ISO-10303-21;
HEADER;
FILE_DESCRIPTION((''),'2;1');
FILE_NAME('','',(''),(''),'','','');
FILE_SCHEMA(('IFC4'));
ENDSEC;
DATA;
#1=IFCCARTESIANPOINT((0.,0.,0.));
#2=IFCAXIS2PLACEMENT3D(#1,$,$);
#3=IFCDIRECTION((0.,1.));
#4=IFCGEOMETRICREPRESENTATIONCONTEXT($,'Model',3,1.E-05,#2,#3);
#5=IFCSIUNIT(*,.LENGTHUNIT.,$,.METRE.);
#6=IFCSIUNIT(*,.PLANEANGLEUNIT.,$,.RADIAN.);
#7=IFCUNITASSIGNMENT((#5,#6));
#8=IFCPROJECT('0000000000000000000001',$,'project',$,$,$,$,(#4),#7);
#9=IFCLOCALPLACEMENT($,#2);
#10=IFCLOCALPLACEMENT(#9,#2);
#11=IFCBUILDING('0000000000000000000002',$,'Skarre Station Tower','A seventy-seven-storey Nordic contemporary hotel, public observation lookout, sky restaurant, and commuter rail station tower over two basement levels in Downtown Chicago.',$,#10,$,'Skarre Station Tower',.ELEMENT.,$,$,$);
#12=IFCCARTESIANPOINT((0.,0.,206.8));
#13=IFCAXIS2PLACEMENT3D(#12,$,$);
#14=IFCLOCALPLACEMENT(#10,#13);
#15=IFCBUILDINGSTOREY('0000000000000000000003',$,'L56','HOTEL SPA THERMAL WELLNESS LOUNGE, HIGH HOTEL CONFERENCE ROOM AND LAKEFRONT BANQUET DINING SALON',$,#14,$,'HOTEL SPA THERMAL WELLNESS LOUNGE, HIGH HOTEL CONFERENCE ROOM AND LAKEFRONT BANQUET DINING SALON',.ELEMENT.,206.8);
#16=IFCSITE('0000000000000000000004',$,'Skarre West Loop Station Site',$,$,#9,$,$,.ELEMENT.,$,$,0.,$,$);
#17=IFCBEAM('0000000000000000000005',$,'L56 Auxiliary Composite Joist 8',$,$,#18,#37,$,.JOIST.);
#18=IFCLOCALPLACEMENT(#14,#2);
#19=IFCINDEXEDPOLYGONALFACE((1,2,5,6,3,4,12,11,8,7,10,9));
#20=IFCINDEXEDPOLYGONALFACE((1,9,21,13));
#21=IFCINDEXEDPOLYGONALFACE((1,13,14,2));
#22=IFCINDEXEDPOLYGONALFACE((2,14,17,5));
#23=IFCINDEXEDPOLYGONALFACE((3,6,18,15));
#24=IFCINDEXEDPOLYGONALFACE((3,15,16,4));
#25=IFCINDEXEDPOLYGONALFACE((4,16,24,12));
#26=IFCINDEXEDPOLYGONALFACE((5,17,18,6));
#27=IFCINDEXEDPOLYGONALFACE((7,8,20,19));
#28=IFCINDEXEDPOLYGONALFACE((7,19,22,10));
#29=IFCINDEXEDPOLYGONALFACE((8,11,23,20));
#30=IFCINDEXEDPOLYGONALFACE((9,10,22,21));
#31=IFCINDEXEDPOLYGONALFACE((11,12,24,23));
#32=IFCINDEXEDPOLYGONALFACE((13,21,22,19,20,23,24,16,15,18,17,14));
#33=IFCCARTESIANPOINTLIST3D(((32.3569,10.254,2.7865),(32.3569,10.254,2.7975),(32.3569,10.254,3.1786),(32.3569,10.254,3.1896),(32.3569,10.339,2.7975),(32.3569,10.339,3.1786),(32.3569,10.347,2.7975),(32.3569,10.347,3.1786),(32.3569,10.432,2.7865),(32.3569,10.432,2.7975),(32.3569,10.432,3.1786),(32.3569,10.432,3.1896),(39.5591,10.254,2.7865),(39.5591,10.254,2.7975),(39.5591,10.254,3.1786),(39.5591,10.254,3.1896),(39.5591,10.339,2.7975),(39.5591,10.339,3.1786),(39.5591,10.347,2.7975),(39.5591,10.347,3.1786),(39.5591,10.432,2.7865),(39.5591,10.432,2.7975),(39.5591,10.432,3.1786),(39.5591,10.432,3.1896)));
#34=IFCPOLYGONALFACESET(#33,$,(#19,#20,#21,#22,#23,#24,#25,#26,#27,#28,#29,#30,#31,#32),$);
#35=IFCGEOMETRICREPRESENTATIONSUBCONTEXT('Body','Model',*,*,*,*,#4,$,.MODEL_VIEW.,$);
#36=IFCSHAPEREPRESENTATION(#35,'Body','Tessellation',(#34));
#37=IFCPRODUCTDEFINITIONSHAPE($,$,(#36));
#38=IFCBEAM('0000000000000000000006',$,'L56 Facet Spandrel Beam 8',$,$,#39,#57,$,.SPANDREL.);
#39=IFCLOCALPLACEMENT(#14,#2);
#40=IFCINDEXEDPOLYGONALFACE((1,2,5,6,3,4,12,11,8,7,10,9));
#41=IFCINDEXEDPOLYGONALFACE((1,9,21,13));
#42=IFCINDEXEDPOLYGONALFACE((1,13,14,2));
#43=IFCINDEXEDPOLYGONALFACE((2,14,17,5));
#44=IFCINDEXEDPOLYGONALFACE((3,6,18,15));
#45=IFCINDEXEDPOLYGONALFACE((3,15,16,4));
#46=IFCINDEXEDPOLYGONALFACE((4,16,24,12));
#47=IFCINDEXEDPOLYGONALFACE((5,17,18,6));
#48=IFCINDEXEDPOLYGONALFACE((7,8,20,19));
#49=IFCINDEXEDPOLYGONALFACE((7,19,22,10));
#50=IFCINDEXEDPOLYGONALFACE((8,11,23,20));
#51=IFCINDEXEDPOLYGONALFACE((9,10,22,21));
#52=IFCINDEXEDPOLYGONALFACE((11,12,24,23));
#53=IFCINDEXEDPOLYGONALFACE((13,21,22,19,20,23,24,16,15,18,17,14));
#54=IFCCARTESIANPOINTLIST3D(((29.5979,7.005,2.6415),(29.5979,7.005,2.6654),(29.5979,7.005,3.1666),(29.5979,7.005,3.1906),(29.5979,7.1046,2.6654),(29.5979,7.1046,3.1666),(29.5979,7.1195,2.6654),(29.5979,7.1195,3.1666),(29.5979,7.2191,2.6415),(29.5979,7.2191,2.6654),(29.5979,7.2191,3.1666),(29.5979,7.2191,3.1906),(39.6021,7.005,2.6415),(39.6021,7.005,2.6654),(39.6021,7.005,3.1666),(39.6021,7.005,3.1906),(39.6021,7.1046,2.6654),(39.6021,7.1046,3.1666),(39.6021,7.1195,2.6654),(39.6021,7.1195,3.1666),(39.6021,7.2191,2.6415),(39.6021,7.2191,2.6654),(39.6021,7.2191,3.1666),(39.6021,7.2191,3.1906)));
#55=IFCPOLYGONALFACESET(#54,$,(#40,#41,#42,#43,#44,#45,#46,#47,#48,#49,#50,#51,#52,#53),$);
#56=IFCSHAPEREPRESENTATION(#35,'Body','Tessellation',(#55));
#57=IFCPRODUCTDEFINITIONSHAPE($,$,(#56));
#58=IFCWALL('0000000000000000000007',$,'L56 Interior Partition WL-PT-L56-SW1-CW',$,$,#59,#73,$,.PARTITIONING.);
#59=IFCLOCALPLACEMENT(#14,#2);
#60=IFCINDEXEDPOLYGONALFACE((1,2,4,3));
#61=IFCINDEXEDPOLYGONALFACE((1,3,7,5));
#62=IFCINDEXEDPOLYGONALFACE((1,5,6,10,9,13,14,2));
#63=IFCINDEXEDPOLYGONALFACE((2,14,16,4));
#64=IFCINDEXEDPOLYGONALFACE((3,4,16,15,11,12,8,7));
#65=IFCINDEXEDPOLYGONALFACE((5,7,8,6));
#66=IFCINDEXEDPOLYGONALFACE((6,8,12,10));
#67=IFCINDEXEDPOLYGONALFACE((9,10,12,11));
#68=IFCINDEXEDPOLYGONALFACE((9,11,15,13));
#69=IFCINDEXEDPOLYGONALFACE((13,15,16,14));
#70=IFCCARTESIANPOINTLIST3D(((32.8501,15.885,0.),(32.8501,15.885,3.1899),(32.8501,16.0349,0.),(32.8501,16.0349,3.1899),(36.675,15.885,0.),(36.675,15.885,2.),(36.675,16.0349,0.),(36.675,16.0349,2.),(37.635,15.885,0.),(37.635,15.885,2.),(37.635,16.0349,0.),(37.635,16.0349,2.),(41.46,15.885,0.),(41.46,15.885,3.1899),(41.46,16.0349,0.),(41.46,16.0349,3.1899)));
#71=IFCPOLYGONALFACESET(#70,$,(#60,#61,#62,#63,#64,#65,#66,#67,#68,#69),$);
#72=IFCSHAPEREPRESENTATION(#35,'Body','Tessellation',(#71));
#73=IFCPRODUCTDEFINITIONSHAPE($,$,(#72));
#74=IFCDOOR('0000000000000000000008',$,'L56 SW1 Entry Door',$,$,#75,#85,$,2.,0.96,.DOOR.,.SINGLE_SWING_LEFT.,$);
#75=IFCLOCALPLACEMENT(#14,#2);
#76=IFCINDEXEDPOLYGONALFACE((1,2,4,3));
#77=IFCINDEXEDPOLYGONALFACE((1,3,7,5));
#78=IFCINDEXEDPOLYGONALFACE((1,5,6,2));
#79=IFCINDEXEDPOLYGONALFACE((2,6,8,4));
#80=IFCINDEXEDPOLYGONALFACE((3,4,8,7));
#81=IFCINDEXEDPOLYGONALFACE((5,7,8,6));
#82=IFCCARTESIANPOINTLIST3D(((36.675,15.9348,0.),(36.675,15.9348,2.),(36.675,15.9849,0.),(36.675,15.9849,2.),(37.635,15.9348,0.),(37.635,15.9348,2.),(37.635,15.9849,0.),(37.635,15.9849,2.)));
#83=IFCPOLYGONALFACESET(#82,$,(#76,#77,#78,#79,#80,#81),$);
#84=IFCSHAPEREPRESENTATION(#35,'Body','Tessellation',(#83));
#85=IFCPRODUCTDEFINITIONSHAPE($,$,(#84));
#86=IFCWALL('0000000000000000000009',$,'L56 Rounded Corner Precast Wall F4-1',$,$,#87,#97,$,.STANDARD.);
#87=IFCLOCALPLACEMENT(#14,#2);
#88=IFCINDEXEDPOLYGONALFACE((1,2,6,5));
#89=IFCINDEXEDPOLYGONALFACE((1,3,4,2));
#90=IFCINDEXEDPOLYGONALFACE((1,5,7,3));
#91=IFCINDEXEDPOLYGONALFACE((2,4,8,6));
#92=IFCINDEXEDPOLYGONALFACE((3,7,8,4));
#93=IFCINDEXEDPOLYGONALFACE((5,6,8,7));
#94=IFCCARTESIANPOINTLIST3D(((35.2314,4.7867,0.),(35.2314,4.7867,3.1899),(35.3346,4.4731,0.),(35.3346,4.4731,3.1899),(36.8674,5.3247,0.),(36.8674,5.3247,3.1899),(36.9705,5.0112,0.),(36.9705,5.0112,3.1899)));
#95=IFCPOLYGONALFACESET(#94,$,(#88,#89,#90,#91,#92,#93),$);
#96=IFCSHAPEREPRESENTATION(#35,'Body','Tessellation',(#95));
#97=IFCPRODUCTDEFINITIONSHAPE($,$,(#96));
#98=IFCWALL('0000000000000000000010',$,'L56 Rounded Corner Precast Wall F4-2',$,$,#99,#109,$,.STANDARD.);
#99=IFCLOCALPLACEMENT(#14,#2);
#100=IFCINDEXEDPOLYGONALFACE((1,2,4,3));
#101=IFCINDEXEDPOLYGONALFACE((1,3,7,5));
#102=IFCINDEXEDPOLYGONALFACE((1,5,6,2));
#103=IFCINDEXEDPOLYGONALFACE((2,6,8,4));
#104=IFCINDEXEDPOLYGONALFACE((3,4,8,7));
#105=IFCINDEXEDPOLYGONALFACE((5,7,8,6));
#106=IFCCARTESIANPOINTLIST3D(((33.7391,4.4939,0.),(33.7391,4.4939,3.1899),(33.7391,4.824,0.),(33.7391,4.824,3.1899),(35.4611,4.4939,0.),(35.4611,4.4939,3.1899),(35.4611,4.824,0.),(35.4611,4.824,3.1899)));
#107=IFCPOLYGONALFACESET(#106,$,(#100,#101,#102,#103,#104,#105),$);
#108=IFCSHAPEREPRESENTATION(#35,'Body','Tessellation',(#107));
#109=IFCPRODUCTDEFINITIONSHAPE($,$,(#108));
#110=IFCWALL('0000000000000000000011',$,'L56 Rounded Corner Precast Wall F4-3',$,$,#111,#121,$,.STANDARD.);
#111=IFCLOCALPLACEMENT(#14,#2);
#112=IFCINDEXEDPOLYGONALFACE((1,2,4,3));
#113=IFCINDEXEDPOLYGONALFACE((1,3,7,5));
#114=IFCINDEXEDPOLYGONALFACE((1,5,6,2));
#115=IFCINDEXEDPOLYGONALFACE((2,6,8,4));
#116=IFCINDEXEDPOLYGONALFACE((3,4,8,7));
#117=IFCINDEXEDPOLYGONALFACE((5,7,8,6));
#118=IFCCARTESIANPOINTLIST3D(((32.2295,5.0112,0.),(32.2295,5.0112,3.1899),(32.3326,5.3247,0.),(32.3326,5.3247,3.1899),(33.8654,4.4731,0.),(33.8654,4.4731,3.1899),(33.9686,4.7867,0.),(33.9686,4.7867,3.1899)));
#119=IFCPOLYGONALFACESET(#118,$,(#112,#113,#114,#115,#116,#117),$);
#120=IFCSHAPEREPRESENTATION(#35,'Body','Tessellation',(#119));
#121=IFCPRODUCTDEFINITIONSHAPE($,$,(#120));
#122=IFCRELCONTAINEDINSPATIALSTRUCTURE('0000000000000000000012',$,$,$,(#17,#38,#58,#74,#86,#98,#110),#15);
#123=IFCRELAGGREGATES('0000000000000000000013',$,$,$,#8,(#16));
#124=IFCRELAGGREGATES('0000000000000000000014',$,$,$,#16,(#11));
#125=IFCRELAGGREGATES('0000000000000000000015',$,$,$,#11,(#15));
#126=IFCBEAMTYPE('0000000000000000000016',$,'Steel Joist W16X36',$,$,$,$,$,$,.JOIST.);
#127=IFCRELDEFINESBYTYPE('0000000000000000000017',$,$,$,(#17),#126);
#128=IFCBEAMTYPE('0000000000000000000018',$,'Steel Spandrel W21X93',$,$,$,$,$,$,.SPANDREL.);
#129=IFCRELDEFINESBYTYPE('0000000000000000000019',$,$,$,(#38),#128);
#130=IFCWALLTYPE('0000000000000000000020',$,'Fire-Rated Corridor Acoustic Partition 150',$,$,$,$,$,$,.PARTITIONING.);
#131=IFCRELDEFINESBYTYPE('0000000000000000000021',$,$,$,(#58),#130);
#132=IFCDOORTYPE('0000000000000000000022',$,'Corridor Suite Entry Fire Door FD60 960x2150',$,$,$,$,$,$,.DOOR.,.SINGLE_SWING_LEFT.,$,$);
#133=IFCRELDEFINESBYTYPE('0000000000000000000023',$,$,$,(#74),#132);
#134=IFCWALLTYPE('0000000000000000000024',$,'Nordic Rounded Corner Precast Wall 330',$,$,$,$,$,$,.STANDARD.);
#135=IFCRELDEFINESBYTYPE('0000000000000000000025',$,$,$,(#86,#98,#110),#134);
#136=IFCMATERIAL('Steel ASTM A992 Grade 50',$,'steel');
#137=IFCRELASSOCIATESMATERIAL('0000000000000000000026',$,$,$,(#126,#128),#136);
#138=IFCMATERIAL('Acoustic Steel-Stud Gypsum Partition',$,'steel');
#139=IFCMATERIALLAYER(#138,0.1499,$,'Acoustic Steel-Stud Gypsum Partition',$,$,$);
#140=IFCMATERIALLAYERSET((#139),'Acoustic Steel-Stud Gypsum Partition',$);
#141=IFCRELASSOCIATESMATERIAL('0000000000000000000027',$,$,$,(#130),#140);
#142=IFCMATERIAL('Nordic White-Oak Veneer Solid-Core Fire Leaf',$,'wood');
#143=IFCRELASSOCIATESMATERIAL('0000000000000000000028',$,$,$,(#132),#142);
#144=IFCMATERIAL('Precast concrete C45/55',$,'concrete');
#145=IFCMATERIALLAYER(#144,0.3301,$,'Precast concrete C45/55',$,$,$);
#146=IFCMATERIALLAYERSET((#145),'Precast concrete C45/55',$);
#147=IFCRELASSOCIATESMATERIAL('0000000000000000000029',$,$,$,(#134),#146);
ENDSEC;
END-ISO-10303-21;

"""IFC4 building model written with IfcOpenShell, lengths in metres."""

from ifc_helpers import new_model, si_unit, direction, frame, frame_2d, origin, origin_2d, place, context, subcontext, project, spatial, rectangle, i_section, extrude, material, layer, layer_set, material_profile, profile_set, type_object, element, fill, save


model = new_model("IFC4")

# Units and contexts
model_context = context("Model", 3, precision=1e-05, world=origin(), true_north=direction((0.0, 1.0)))
body_context = subcontext(model_context, "Body", "Model", "MODEL_VIEW")
ifc_project = project(units=[si_unit("LENGTHUNIT", "METRE"), si_unit("PLANEANGLEUNIT", "RADIAN")], contexts=[model_context])

# Site, building, storey
site_placement = place(None, origin())
site = spatial("IfcSite", under=ifc_project, at=site_placement, Name="Skarre West Loop Station Site", CompositionType="ELEMENT", RefElevation=0.0)
building_placement = place(site_placement, origin())
building = spatial("IfcBuilding", under=site, at=building_placement, Name="Skarre Station Tower", Description="A seventy-seven-storey Nordic contemporary hotel, public observation lookout, sky restaurant, and commuter rail station tower over two basement levels in Downtown Chicago.", LongName="Skarre Station Tower", CompositionType="ELEMENT")
storey_placement = place(building_placement, frame((0.0, 0.0, 206.8)))
storey = spatial("IfcBuildingStorey", under=building, at=storey_placement, Name="L56", Description="HOTEL SPA THERMAL WELLNESS LOUNGE, HIGH HOTEL CONFERENCE ROOM AND LAKEFRONT BANQUET DINING SALON", LongName="HOTEL SPA THERMAL WELLNESS LOUNGE, HIGH HOTEL CONFERENCE ROOM AND LAKEFRONT BANQUET DINING SALON", CompositionType="ELEMENT", Elevation=206.8)

# Beams
ifc_material_1 = material(Name="Steel ASTM A992 Grade 50", Category="steel")
ifc_material_profile_1 = material_profile(ifc_material_1, i_section(OverallWidth=0.178, OverallDepth=0.4031, WebThickness=0.0081, FlangeThickness=0.011, at=origin_2d()), Name="Steel ASTM A992 Grade 50")
ifc_profile_set_1 = profile_set([ifc_material_profile_1], Name="Steel ASTM A992 Grade 50")
beam_type_1 = type_object("IfcBeamType", Name="Steel Joist W16X36", PredefinedType="JOIST", material=ifc_profile_set_1)
beam_1_placement = place(storey_placement, frame((32.3569, 10.343, 2.988), z_axis=(1.0, 0.0, 0.0), x_axis=(0.0, 1.0, 0.0)))
element("IfcBeam", 1, at=beam_1_placement, inside=storey, type_object=beam_type_1, Name="L56 Auxiliary Composite Joist 8", PredefinedType="JOIST", context=body_context, shape_type="SweptSolid", body=[
    extrude(i_section(OverallWidth=0.178, OverallDepth=0.4031, WebThickness=0.0081, FlangeThickness=0.011, at=origin_2d()), origin(), (0.0, 0.0, 1.0), 7.2021),
])
ifc_material_profile_2 = material_profile(ifc_material_1, i_section(OverallWidth=0.2141, OverallDepth=0.5491, WebThickness=0.0149, FlangeThickness=0.0239, at=origin_2d()), Name="Steel ASTM A992 Grade 50")
ifc_profile_set_2 = profile_set([ifc_material_profile_2], Name="Steel ASTM A992 Grade 50")
beam_type_2 = type_object("IfcBeamType", Name="Steel Spandrel W21X93", PredefinedType="SPANDREL", material=ifc_profile_set_2)
beam_2_placement = place(storey_placement, frame((29.5979, 7.1121, 2.916), z_axis=(1.0, 0.0, 0.0), x_axis=(0.0, 1.0, 0.0)))
element("IfcBeam", 2, at=beam_2_placement, inside=storey, type_object=beam_type_2, Name="L56 Facet Spandrel Beam 8", PredefinedType="SPANDREL", context=body_context, shape_type="SweptSolid", body=[
    extrude(i_section(OverallWidth=0.2141, OverallDepth=0.5491, WebThickness=0.0149, FlangeThickness=0.0239, at=origin_2d()), origin(), (0.0, 0.0, 1.0), 10.0042),
])

# Wall, opening, door
ifc_material_2 = material(Name="Acoustic Steel-Stud Gypsum Partition", Category="steel")
ifc_layer_1 = layer(ifc_material_2, 0.1499, Name="Acoustic Steel-Stud Gypsum Partition")
ifc_layer_set_1 = layer_set([ifc_layer_1], Name="Acoustic Steel-Stud Gypsum Partition")
wall_type_1 = type_object("IfcWallType", Name="Fire-Rated Corridor Acoustic Partition 150", PredefinedType="PARTITIONING", material=ifc_layer_set_1)
wall_1_placement = place(storey_placement, frame((32.8501, 15.96, 0.0), z_axis=(0.0, 0.0, 1.0), x_axis=(1.0, 0.0, 0.0)))
wall_1 = element("IfcWall", 3, at=wall_1_placement, inside=storey, type_object=wall_type_1, Name="L56 Interior Partition WL-PT-L56-SW1-CW", PredefinedType="PARTITIONING", context=body_context, shape_type="SweptSolid", body=[
    extrude(rectangle(XDim=8.6099, YDim=0.1499, at=frame_2d((4.3049, 0.0))), origin(), (0.0, 0.0, 1.0), 3.1899),
])
opening_1_placement = place(wall_1_placement, frame((3.825, 0.0, 0.0)))
opening_1 = element("IfcOpeningElement", 4, at=opening_1_placement, cuts=wall_1, PredefinedType="OPENING", context=body_context, shape_type="SweptSolid", body=[
    extrude(rectangle(XDim=0.96, YDim=2.0, at=frame_2d((0.48, 1.0))), frame((0.0, 0.085, 0.0), z_axis=(0.0, -1.0, 0.0), x_axis=(1.0, 0.0, 0.0)), (0.0, 0.0, 1.0), 0.1699),
])
ifc_material_3 = material(Name="Nordic White-Oak Veneer Solid-Core Fire Leaf", Category="wood")
door_type_1 = type_object("IfcDoorType", Name="Corridor Suite Entry Fire Door FD60 960x2150", OperationType="SINGLE_SWING_LEFT", PredefinedType="DOOR", material=ifc_material_3)
door_1_placement = place(opening_1_placement, origin())
door_1 = element("IfcDoor", 5, at=door_1_placement, inside=storey, type_object=door_type_1, Name="L56 SW1 Entry Door", OperationType="SINGLE_SWING_LEFT", OverallHeight=2.0, OverallWidth=0.96, PredefinedType="DOOR", context=body_context, shape_type="SweptSolid", body=[
    extrude(rectangle(XDim=0.96, YDim=2.0, at=frame_2d((0.48, 1.0))), frame((0.0, 0.0249, 0.0), z_axis=(0.0, -1.0, 0.0), x_axis=(1.0, 0.0, 0.0)), (0.0, 0.0, 1.0), 0.05),
])
fill(opening_1, door_1)

# Walls
ifc_material_4 = material(Name="Precast concrete C45/55", Category="concrete")
ifc_layer_2 = layer(ifc_material_4, 0.3301, Name="Precast concrete C45/55")
ifc_layer_set_2 = layer_set([ifc_layer_2], Name="Precast concrete C45/55")
wall_type_2 = type_object("IfcWallType", Name="Nordic Rounded Corner Precast Wall 330", PredefinedType="STANDARD", material=ifc_layer_set_2)
wall_2_placement = place(storey_placement, frame((36.9189, 5.168, 0.0), z_axis=(0.0, 0.0, 1.0), x_axis=(-0.949937, -0.31244, 0.0)))
element("IfcWall", 6, at=wall_2_placement, inside=storey, type_object=wall_type_2, Name="L56 Rounded Corner Precast Wall F4-1", PredefinedType="STANDARD", context=body_context, shape_type="SweptSolid", body=[
    extrude(rectangle(XDim=1.7222, YDim=0.3301, at=frame_2d((0.8611, 0.0))), origin(), (0.0, 0.0, 1.0), 3.1899),
])
wall_3_placement = place(storey_placement, frame((35.4609, 4.6589, 0.0), z_axis=(0.0, 0.0, 1.0), x_axis=(-1.0, 0.0, 0.0)))
element("IfcWall", 7, at=wall_3_placement, inside=storey, type_object=wall_type_2, Name="L56 Rounded Corner Precast Wall F4-2", PredefinedType="STANDARD", context=body_context, shape_type="SweptSolid", body=[
    extrude(rectangle(XDim=1.7219, YDim=0.3301, at=frame_2d((0.8608, 0.0))), origin(), (0.0, 0.0, 1.0), 3.1899),
])
wall_4_placement = place(storey_placement, frame((33.917, 4.6299, 0.0), z_axis=(0.0, 0.0, 1.0), x_axis=(-0.949937, 0.31244, 0.0)))
element("IfcWall", 8, at=wall_4_placement, inside=storey, type_object=wall_type_2, Name="L56 Rounded Corner Precast Wall F4-3", PredefinedType="STANDARD", context=body_context, shape_type="SweptSolid", body=[
    extrude(rectangle(XDim=1.7222, YDim=0.3301, at=frame_2d((0.8611, 0.0))), origin(), (0.0, 0.0, 1.0), 3.1899),
])

save(model, "model.ifc")
